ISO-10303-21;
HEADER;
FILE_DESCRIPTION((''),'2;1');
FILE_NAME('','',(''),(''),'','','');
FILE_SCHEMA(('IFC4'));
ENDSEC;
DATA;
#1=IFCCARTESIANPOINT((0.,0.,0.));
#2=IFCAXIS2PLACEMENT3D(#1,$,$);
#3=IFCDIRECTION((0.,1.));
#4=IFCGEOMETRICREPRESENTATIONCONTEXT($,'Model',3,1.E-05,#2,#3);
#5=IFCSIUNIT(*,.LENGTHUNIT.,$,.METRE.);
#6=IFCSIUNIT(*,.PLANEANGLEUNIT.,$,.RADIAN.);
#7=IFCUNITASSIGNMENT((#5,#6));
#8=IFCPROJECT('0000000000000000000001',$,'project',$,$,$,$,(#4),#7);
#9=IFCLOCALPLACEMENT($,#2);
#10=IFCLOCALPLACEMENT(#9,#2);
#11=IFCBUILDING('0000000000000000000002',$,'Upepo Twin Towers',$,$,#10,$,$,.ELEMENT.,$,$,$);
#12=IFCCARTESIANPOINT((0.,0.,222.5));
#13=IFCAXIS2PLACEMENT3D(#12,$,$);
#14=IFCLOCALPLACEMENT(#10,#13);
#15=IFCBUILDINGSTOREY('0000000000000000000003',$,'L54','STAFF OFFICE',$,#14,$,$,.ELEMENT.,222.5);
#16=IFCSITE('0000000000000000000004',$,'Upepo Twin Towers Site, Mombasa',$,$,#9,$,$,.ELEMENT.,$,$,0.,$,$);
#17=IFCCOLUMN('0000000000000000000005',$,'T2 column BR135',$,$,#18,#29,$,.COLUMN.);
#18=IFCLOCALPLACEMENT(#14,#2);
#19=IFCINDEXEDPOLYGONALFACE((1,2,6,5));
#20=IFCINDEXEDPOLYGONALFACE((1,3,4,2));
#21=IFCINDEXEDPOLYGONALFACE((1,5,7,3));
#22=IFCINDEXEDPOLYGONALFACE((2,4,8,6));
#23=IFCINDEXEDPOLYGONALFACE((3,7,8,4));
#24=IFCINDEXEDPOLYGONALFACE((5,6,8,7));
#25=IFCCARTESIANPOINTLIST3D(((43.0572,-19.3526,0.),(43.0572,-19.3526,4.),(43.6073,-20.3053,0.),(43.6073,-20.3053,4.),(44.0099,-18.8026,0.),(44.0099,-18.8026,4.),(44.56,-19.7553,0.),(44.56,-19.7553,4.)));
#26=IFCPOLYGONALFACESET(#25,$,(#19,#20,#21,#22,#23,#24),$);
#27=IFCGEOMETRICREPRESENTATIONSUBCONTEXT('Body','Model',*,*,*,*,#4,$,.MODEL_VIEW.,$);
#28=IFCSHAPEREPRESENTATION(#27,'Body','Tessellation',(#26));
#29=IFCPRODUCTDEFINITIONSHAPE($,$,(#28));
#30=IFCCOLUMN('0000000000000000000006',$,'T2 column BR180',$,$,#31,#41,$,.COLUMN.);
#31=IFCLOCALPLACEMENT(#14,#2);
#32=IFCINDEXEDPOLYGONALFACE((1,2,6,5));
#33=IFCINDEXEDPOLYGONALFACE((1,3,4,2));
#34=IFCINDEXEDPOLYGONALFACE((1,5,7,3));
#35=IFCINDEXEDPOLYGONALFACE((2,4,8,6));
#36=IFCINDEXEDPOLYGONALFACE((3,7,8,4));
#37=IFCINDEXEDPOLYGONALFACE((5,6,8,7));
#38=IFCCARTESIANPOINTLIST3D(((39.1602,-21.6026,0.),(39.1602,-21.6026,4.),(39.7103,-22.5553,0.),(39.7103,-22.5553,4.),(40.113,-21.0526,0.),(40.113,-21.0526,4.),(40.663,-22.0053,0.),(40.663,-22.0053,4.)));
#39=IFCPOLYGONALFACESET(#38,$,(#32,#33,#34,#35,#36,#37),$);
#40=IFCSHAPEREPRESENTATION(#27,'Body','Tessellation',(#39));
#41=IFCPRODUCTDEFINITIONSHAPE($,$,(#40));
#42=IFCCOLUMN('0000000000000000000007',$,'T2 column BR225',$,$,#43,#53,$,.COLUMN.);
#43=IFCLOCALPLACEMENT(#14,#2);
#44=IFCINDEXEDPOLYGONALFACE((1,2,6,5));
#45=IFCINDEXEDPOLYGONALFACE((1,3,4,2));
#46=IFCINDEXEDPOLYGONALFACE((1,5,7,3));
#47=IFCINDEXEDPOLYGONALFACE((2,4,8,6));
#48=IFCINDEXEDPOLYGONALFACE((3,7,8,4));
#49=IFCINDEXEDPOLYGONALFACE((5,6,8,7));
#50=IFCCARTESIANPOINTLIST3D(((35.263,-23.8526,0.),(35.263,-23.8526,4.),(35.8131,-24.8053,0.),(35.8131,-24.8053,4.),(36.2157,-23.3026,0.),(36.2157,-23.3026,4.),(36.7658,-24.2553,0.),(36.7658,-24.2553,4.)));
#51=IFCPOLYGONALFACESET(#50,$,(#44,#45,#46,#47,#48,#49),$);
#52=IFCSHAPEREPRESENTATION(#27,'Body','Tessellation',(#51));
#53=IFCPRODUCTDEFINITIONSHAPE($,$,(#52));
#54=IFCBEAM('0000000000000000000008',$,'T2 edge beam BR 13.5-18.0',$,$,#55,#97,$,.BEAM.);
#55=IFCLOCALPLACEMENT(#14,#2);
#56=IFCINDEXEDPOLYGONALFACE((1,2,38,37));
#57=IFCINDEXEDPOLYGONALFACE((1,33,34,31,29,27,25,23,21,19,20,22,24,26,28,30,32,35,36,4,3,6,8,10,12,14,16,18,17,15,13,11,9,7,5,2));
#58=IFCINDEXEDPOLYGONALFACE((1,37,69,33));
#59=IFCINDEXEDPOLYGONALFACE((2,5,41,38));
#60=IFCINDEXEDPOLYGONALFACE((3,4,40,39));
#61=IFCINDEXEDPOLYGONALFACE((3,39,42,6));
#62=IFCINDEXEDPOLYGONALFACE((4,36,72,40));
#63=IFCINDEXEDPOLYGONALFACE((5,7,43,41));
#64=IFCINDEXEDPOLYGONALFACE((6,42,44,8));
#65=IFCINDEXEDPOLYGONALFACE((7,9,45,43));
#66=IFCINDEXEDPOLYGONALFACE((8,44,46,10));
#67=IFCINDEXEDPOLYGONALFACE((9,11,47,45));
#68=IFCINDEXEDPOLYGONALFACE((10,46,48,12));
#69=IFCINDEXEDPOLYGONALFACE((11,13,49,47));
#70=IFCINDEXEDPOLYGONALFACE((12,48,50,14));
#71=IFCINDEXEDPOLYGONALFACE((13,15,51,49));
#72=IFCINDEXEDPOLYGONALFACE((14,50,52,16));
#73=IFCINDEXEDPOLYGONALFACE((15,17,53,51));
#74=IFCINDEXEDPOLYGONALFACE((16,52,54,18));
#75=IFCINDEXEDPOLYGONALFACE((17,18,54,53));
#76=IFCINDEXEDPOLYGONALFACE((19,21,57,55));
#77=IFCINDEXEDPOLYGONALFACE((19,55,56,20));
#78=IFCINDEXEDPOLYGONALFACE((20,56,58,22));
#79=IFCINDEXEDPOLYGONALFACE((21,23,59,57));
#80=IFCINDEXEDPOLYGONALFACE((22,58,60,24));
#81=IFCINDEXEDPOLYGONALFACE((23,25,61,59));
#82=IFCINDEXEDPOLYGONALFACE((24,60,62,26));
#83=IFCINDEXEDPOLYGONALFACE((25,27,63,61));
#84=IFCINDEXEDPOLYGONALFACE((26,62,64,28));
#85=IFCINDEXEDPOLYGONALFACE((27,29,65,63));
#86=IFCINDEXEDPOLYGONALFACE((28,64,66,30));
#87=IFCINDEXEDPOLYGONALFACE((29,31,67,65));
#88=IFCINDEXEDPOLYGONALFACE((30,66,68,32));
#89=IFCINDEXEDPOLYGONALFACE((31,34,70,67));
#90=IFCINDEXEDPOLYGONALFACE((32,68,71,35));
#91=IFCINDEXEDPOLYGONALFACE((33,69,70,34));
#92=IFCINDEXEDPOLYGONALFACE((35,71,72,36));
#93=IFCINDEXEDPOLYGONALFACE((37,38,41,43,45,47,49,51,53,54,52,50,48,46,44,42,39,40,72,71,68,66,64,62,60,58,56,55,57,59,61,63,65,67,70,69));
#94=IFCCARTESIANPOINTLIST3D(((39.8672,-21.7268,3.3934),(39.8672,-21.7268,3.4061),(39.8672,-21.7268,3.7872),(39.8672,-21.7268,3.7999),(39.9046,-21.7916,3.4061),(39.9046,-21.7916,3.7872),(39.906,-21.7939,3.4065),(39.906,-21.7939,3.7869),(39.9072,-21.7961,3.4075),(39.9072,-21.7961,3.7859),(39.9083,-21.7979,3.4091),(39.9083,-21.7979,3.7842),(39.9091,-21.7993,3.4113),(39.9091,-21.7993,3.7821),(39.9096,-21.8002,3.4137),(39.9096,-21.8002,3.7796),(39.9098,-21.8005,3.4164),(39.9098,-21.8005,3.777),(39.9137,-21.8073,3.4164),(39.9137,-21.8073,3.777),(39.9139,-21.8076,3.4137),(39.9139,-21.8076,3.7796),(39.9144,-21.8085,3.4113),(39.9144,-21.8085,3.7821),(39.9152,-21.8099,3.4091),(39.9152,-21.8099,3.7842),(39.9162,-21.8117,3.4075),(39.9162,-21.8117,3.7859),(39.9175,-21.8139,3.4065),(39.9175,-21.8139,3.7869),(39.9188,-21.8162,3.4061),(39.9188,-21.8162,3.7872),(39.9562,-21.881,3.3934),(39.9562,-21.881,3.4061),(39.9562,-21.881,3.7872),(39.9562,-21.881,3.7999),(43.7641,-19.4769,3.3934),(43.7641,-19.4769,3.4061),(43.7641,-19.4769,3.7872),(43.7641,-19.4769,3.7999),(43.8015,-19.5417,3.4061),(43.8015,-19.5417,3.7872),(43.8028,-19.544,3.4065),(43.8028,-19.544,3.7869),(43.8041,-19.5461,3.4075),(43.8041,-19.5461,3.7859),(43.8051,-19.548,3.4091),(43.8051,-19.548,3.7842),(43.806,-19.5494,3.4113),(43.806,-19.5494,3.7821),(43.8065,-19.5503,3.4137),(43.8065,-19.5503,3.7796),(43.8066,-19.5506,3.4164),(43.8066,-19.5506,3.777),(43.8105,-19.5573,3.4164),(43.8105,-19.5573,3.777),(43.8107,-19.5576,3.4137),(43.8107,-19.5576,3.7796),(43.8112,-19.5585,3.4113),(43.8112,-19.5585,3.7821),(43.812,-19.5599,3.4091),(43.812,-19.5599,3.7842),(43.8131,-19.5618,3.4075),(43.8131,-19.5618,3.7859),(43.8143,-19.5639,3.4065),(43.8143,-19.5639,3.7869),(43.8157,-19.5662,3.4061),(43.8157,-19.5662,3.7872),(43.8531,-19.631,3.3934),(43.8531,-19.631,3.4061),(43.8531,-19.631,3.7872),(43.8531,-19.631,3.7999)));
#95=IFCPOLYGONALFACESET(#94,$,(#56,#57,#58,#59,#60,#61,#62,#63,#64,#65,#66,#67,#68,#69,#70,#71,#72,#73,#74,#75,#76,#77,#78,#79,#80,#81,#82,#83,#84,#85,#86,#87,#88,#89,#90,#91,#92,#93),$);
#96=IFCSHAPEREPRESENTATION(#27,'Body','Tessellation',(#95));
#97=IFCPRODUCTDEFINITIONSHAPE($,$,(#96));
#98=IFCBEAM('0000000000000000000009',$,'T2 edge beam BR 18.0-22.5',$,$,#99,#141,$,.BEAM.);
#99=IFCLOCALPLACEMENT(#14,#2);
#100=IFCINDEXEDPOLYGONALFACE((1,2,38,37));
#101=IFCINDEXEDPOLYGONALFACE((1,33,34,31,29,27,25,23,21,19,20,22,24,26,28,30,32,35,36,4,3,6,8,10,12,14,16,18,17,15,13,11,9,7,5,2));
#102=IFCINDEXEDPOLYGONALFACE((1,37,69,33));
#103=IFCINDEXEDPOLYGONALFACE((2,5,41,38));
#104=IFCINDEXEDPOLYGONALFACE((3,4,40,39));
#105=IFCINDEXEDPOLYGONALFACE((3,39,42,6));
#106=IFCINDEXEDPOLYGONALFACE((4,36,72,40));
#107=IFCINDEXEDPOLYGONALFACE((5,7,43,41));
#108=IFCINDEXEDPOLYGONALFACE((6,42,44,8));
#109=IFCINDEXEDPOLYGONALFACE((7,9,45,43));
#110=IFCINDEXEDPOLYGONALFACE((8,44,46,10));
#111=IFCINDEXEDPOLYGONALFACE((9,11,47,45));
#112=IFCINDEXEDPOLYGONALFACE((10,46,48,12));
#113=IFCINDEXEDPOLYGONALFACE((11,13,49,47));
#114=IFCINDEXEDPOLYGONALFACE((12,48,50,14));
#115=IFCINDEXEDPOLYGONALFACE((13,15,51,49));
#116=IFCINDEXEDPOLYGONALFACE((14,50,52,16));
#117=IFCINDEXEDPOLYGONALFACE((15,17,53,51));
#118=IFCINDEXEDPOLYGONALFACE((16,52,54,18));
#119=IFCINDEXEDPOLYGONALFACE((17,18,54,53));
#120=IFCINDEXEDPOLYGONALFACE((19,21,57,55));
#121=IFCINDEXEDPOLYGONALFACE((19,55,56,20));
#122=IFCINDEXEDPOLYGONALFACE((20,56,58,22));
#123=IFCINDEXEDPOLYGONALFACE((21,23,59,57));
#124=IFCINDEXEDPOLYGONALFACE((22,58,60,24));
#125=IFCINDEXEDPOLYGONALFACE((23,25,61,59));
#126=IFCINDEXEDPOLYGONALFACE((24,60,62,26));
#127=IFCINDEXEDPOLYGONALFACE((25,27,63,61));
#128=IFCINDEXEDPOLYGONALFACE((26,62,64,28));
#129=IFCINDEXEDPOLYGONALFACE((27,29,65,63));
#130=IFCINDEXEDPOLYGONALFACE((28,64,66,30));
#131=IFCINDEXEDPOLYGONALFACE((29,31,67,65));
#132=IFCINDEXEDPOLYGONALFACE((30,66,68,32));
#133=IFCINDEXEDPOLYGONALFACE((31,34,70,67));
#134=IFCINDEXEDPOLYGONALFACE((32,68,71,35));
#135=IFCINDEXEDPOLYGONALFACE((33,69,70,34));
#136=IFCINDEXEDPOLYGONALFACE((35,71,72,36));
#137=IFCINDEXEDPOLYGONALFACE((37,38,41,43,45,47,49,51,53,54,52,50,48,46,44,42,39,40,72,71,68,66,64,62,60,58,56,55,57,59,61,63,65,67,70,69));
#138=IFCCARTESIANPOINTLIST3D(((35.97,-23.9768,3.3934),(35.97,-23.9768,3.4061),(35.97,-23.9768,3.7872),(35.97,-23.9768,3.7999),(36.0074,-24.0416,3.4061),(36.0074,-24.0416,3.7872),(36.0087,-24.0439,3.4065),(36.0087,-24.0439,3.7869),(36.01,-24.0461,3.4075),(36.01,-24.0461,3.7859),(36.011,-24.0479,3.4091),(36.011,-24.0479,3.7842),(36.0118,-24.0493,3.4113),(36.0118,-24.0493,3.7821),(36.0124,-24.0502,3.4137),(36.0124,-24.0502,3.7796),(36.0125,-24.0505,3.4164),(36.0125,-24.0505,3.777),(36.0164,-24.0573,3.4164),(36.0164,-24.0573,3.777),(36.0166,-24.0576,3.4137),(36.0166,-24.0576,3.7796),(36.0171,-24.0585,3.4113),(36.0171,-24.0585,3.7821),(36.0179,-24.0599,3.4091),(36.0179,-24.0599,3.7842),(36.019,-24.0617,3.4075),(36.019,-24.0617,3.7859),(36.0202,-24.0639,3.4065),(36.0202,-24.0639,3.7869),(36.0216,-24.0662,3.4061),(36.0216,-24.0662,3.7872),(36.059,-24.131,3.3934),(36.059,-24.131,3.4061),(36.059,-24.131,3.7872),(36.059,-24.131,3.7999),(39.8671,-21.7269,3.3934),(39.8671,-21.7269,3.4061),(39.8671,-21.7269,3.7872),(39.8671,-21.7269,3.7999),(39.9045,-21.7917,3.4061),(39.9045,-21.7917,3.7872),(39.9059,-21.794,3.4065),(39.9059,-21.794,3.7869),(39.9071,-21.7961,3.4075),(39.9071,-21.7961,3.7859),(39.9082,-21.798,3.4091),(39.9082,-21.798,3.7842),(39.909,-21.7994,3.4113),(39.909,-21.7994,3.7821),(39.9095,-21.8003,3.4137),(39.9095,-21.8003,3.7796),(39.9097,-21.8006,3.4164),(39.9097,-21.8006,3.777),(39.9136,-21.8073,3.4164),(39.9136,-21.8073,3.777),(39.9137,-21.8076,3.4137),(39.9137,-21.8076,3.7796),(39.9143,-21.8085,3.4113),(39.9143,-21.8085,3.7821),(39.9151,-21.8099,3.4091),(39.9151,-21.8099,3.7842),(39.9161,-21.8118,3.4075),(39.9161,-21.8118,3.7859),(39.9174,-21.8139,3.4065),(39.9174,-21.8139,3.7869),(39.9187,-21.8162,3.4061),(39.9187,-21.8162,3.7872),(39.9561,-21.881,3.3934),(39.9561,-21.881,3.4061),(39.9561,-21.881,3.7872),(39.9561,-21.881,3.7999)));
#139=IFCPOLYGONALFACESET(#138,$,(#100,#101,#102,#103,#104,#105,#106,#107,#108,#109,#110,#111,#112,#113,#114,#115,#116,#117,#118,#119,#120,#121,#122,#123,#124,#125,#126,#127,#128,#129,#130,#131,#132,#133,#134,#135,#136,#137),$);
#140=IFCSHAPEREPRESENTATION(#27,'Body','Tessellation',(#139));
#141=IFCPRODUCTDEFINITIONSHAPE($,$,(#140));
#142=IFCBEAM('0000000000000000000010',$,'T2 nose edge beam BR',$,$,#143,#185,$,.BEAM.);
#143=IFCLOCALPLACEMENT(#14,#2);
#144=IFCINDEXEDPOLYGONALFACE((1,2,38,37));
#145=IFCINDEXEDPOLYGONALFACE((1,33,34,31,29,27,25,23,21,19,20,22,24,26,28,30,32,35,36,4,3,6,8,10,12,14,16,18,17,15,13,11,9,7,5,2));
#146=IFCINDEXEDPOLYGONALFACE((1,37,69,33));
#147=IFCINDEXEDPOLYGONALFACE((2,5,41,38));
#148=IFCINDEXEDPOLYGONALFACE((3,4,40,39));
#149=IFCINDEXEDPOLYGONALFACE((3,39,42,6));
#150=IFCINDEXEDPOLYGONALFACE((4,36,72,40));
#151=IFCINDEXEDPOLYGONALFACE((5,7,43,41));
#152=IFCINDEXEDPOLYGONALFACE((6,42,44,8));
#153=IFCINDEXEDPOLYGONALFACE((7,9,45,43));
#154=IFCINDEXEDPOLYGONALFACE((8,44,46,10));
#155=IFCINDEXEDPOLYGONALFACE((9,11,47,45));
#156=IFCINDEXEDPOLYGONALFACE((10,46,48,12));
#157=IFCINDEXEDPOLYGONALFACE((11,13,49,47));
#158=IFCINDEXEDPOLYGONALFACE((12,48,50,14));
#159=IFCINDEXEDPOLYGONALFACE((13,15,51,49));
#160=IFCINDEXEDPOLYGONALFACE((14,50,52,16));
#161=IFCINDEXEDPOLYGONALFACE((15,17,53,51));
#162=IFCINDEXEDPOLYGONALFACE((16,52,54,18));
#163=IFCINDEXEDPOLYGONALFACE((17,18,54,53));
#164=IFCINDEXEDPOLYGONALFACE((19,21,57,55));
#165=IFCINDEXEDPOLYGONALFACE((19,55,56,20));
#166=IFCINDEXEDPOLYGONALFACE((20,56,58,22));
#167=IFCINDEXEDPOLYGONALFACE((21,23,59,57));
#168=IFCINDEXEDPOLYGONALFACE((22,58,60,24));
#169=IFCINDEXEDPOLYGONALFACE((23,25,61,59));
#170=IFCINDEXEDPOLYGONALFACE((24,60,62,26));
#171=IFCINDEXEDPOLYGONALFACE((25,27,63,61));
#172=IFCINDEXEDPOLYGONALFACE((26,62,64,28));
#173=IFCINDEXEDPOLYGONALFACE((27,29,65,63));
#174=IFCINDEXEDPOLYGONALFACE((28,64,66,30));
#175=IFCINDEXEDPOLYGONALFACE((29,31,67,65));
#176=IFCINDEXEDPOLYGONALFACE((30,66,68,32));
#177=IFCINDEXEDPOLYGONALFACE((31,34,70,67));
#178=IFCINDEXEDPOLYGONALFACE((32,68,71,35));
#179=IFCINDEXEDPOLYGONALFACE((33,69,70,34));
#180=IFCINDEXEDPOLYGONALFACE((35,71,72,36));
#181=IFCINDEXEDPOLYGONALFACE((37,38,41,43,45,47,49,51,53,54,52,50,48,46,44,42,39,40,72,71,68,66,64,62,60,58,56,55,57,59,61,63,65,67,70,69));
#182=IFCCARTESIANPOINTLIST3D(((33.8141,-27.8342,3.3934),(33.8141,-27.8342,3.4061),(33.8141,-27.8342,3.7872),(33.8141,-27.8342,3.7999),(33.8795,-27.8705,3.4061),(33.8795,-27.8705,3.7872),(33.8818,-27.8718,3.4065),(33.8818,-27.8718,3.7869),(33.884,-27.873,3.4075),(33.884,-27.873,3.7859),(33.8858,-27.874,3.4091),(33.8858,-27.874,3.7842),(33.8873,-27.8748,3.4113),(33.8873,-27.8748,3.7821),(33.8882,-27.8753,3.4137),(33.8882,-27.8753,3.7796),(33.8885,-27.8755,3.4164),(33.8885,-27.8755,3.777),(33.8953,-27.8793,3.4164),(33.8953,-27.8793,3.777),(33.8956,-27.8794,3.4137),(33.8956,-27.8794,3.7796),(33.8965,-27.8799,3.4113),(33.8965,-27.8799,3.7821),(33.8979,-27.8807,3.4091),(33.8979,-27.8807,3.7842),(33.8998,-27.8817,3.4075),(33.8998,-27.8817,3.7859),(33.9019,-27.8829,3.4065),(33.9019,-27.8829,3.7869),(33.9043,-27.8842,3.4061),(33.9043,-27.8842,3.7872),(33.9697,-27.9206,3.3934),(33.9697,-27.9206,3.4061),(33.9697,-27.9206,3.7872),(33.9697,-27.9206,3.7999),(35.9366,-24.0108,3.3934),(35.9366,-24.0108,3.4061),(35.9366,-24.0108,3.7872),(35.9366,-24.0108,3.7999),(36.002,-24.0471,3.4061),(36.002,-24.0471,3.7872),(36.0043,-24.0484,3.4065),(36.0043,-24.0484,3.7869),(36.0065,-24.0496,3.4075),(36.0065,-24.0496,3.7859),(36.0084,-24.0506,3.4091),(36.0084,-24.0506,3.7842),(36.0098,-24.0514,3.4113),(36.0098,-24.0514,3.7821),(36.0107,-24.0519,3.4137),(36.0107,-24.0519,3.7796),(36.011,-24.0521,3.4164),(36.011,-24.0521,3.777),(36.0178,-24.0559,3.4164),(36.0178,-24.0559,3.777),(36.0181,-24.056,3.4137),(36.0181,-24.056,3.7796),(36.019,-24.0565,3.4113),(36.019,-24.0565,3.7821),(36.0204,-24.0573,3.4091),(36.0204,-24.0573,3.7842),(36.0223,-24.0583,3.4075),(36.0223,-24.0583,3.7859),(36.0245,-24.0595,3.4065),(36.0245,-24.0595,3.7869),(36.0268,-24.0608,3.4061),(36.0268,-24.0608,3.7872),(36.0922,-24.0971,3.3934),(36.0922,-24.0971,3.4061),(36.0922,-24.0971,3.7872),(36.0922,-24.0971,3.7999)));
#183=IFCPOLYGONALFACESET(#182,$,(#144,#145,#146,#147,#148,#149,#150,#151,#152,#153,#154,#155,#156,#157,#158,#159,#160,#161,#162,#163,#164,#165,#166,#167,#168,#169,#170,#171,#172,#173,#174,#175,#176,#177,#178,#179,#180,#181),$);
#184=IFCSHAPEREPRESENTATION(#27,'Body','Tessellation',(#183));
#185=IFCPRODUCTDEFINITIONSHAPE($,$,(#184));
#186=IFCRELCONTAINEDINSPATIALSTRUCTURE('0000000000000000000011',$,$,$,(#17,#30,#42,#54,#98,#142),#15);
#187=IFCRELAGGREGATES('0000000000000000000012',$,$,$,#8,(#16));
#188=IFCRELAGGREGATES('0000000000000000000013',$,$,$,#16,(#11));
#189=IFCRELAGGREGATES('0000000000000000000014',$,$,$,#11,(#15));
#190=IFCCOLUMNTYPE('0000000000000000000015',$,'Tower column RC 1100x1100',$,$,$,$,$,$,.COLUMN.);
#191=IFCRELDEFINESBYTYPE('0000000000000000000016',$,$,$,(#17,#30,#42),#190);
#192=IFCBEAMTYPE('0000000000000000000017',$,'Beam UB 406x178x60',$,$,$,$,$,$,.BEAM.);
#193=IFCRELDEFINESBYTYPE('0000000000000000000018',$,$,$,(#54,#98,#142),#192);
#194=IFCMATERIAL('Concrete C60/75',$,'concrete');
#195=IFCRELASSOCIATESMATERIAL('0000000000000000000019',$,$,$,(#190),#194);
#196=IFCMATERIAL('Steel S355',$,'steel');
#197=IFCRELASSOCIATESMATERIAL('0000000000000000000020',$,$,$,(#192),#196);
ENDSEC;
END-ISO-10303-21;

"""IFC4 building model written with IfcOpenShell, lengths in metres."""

from ifc_helpers import new_model, si_unit, direction, frame, origin, origin_2d, place, context, subcontext, project, spatial, rectangle, i_section, extrude, material, material_profile, profile_set, type_object, element, save


model = new_model("IFC4")

# Units and contexts
model_context = context("Model", 3, precision=1e-05, world=origin(), true_north=direction((0.0, 1.0)))
body_context = subcontext(model_context, "Body", "Model", "MODEL_VIEW")
ifc_project = project(units=[si_unit("LENGTHUNIT", "METRE"), si_unit("PLANEANGLEUNIT", "RADIAN")], contexts=[model_context])

# Site, building, storey
site_placement = place(None, origin())
site = spatial("IfcSite", under=ifc_project, at=site_placement, Name="Upepo Twin Towers Site, Mombasa", CompositionType="ELEMENT", RefElevation=0.0)
building_placement = place(site_placement, origin())
building = spatial("IfcBuilding", under=site, at=building_placement, Name="Upepo Twin Towers", CompositionType="ELEMENT")
storey_placement = place(building_placement, frame((0.0, 0.0, 222.5)))
storey = spatial("IfcBuildingStorey", under=building, at=storey_placement, Name="L54", Description="STAFF OFFICE", CompositionType="ELEMENT", Elevation=222.5)

# Columns
ifc_material_1 = material(Name="Concrete C60/75", Category="concrete")
ifc_material_profile_1 = material_profile(ifc_material_1, rectangle(XDim=1.1001, YDim=1.1001, at=origin_2d()), Name="RC 1100x1100")
ifc_profile_set_1 = profile_set([ifc_material_profile_1], Name="Concrete C60/75")
column_type = type_object("IfcColumnType", Name="Tower column RC 1100x1100", PredefinedType="COLUMN", material=ifc_profile_set_1)
for number, where, z_axis, x_axis, name in (
    (1, (43.8086, -19.554, 0.0), (0.0, 0.0, 1.0), (0.866025, 0.5, 0.0), "T2 column BR135"),
    (2, (39.9116, -21.804, 0.0), (0.0, 0.0, 1.0), (0.866025, 0.5, 0.0), "T2 column BR180"),
    (3, (36.0144, -24.054, 0.0), (0.0, 0.0, 1.0), (0.866025, 0.5, 0.0), "T2 column BR225"),
):
    element("IfcColumn", number, at=place(storey_placement, frame(where, z_axis=z_axis, x_axis=x_axis)), inside=storey, type_object=column_type, Name=name, PredefinedType="COLUMN", context=body_context, shape_type="SweptSolid", body=[
        extrude(rectangle(XDim=1.1001, YDim=1.1001, at=origin_2d()), origin(), (0.0, 0.0, 1.0), 4.0),
    ])

# Beams
ifc_material_2 = material(Name="Steel S355", Category="steel")
ifc_material_profile_2 = material_profile(ifc_material_2, i_section(OverallWidth=0.178, OverallDepth=0.4065, WebThickness=0.0078, FlangeThickness=0.0127, FilletRadius=0.0103, at=origin_2d()), Name="UB 406x178x60")
ifc_profile_set_2 = profile_set([ifc_material_profile_2], Name="Steel S355")
beam_type_1 = type_object("IfcBeamType", Name="Beam UB 406x178x60", PredefinedType="BEAM", material=ifc_profile_set_2)
beam_1_placement = place(storey_placement, frame((43.8086, -19.554, 3.5967), z_axis=(-0.866018, -0.500014, 0.0), x_axis=(0.500014, -0.866018, 0.0)))
element("IfcBeam", 4, at=beam_1_placement, inside=storey, type_object=beam_type_1, Name="T2 edge beam BR 13.5-18.0", PredefinedType="BEAM", context=body_context, shape_type="SweptSolid", body=[
    extrude(i_section(OverallWidth=0.178, OverallDepth=0.4065, WebThickness=0.0078, FlangeThickness=0.0127, FilletRadius=0.0103, at=origin_2d()), origin(), (0.0, 0.0, 1.0), 4.4998),
])
beam_2_placement = place(storey_placement, frame((39.9116, -21.804, 3.5967), z_axis=(-0.866031, -0.49999, 0.0), x_axis=(0.49999, -0.866031, 0.0)))
element("IfcBeam", 5, at=beam_2_placement, inside=storey, type_object=beam_type_1, Name="T2 edge beam BR 18.0-22.5", PredefinedType="BEAM", context=body_context, shape_type="SweptSolid", body=[
    extrude(i_section(OverallWidth=0.178, OverallDepth=0.4065, WebThickness=0.0078, FlangeThickness=0.0127, FilletRadius=0.0103, at=origin_2d()), origin(), (0.0, 0.0, 1.0), 4.5),
])
beam_3_placement = place(storey_placement, frame((36.0144, -24.054, 3.5967), z_axis=(-0.485363, -0.874313, 0.0), x_axis=(0.874313, -0.485363, 0.0)))
element("IfcBeam", 6, at=beam_3_placement, inside=storey, type_object=beam_type_1, Name="T2 nose edge beam BR", PredefinedType="BEAM", context=body_context, shape_type="SweptSolid", body=[
    extrude(i_section(OverallWidth=0.178, OverallDepth=0.4065, WebThickness=0.0078, FlangeThickness=0.0127, FilletRadius=0.0103, at=origin_2d()), origin(), (0.0, 0.0, 1.0), 4.373),
])

save(model, "model.ifc")
